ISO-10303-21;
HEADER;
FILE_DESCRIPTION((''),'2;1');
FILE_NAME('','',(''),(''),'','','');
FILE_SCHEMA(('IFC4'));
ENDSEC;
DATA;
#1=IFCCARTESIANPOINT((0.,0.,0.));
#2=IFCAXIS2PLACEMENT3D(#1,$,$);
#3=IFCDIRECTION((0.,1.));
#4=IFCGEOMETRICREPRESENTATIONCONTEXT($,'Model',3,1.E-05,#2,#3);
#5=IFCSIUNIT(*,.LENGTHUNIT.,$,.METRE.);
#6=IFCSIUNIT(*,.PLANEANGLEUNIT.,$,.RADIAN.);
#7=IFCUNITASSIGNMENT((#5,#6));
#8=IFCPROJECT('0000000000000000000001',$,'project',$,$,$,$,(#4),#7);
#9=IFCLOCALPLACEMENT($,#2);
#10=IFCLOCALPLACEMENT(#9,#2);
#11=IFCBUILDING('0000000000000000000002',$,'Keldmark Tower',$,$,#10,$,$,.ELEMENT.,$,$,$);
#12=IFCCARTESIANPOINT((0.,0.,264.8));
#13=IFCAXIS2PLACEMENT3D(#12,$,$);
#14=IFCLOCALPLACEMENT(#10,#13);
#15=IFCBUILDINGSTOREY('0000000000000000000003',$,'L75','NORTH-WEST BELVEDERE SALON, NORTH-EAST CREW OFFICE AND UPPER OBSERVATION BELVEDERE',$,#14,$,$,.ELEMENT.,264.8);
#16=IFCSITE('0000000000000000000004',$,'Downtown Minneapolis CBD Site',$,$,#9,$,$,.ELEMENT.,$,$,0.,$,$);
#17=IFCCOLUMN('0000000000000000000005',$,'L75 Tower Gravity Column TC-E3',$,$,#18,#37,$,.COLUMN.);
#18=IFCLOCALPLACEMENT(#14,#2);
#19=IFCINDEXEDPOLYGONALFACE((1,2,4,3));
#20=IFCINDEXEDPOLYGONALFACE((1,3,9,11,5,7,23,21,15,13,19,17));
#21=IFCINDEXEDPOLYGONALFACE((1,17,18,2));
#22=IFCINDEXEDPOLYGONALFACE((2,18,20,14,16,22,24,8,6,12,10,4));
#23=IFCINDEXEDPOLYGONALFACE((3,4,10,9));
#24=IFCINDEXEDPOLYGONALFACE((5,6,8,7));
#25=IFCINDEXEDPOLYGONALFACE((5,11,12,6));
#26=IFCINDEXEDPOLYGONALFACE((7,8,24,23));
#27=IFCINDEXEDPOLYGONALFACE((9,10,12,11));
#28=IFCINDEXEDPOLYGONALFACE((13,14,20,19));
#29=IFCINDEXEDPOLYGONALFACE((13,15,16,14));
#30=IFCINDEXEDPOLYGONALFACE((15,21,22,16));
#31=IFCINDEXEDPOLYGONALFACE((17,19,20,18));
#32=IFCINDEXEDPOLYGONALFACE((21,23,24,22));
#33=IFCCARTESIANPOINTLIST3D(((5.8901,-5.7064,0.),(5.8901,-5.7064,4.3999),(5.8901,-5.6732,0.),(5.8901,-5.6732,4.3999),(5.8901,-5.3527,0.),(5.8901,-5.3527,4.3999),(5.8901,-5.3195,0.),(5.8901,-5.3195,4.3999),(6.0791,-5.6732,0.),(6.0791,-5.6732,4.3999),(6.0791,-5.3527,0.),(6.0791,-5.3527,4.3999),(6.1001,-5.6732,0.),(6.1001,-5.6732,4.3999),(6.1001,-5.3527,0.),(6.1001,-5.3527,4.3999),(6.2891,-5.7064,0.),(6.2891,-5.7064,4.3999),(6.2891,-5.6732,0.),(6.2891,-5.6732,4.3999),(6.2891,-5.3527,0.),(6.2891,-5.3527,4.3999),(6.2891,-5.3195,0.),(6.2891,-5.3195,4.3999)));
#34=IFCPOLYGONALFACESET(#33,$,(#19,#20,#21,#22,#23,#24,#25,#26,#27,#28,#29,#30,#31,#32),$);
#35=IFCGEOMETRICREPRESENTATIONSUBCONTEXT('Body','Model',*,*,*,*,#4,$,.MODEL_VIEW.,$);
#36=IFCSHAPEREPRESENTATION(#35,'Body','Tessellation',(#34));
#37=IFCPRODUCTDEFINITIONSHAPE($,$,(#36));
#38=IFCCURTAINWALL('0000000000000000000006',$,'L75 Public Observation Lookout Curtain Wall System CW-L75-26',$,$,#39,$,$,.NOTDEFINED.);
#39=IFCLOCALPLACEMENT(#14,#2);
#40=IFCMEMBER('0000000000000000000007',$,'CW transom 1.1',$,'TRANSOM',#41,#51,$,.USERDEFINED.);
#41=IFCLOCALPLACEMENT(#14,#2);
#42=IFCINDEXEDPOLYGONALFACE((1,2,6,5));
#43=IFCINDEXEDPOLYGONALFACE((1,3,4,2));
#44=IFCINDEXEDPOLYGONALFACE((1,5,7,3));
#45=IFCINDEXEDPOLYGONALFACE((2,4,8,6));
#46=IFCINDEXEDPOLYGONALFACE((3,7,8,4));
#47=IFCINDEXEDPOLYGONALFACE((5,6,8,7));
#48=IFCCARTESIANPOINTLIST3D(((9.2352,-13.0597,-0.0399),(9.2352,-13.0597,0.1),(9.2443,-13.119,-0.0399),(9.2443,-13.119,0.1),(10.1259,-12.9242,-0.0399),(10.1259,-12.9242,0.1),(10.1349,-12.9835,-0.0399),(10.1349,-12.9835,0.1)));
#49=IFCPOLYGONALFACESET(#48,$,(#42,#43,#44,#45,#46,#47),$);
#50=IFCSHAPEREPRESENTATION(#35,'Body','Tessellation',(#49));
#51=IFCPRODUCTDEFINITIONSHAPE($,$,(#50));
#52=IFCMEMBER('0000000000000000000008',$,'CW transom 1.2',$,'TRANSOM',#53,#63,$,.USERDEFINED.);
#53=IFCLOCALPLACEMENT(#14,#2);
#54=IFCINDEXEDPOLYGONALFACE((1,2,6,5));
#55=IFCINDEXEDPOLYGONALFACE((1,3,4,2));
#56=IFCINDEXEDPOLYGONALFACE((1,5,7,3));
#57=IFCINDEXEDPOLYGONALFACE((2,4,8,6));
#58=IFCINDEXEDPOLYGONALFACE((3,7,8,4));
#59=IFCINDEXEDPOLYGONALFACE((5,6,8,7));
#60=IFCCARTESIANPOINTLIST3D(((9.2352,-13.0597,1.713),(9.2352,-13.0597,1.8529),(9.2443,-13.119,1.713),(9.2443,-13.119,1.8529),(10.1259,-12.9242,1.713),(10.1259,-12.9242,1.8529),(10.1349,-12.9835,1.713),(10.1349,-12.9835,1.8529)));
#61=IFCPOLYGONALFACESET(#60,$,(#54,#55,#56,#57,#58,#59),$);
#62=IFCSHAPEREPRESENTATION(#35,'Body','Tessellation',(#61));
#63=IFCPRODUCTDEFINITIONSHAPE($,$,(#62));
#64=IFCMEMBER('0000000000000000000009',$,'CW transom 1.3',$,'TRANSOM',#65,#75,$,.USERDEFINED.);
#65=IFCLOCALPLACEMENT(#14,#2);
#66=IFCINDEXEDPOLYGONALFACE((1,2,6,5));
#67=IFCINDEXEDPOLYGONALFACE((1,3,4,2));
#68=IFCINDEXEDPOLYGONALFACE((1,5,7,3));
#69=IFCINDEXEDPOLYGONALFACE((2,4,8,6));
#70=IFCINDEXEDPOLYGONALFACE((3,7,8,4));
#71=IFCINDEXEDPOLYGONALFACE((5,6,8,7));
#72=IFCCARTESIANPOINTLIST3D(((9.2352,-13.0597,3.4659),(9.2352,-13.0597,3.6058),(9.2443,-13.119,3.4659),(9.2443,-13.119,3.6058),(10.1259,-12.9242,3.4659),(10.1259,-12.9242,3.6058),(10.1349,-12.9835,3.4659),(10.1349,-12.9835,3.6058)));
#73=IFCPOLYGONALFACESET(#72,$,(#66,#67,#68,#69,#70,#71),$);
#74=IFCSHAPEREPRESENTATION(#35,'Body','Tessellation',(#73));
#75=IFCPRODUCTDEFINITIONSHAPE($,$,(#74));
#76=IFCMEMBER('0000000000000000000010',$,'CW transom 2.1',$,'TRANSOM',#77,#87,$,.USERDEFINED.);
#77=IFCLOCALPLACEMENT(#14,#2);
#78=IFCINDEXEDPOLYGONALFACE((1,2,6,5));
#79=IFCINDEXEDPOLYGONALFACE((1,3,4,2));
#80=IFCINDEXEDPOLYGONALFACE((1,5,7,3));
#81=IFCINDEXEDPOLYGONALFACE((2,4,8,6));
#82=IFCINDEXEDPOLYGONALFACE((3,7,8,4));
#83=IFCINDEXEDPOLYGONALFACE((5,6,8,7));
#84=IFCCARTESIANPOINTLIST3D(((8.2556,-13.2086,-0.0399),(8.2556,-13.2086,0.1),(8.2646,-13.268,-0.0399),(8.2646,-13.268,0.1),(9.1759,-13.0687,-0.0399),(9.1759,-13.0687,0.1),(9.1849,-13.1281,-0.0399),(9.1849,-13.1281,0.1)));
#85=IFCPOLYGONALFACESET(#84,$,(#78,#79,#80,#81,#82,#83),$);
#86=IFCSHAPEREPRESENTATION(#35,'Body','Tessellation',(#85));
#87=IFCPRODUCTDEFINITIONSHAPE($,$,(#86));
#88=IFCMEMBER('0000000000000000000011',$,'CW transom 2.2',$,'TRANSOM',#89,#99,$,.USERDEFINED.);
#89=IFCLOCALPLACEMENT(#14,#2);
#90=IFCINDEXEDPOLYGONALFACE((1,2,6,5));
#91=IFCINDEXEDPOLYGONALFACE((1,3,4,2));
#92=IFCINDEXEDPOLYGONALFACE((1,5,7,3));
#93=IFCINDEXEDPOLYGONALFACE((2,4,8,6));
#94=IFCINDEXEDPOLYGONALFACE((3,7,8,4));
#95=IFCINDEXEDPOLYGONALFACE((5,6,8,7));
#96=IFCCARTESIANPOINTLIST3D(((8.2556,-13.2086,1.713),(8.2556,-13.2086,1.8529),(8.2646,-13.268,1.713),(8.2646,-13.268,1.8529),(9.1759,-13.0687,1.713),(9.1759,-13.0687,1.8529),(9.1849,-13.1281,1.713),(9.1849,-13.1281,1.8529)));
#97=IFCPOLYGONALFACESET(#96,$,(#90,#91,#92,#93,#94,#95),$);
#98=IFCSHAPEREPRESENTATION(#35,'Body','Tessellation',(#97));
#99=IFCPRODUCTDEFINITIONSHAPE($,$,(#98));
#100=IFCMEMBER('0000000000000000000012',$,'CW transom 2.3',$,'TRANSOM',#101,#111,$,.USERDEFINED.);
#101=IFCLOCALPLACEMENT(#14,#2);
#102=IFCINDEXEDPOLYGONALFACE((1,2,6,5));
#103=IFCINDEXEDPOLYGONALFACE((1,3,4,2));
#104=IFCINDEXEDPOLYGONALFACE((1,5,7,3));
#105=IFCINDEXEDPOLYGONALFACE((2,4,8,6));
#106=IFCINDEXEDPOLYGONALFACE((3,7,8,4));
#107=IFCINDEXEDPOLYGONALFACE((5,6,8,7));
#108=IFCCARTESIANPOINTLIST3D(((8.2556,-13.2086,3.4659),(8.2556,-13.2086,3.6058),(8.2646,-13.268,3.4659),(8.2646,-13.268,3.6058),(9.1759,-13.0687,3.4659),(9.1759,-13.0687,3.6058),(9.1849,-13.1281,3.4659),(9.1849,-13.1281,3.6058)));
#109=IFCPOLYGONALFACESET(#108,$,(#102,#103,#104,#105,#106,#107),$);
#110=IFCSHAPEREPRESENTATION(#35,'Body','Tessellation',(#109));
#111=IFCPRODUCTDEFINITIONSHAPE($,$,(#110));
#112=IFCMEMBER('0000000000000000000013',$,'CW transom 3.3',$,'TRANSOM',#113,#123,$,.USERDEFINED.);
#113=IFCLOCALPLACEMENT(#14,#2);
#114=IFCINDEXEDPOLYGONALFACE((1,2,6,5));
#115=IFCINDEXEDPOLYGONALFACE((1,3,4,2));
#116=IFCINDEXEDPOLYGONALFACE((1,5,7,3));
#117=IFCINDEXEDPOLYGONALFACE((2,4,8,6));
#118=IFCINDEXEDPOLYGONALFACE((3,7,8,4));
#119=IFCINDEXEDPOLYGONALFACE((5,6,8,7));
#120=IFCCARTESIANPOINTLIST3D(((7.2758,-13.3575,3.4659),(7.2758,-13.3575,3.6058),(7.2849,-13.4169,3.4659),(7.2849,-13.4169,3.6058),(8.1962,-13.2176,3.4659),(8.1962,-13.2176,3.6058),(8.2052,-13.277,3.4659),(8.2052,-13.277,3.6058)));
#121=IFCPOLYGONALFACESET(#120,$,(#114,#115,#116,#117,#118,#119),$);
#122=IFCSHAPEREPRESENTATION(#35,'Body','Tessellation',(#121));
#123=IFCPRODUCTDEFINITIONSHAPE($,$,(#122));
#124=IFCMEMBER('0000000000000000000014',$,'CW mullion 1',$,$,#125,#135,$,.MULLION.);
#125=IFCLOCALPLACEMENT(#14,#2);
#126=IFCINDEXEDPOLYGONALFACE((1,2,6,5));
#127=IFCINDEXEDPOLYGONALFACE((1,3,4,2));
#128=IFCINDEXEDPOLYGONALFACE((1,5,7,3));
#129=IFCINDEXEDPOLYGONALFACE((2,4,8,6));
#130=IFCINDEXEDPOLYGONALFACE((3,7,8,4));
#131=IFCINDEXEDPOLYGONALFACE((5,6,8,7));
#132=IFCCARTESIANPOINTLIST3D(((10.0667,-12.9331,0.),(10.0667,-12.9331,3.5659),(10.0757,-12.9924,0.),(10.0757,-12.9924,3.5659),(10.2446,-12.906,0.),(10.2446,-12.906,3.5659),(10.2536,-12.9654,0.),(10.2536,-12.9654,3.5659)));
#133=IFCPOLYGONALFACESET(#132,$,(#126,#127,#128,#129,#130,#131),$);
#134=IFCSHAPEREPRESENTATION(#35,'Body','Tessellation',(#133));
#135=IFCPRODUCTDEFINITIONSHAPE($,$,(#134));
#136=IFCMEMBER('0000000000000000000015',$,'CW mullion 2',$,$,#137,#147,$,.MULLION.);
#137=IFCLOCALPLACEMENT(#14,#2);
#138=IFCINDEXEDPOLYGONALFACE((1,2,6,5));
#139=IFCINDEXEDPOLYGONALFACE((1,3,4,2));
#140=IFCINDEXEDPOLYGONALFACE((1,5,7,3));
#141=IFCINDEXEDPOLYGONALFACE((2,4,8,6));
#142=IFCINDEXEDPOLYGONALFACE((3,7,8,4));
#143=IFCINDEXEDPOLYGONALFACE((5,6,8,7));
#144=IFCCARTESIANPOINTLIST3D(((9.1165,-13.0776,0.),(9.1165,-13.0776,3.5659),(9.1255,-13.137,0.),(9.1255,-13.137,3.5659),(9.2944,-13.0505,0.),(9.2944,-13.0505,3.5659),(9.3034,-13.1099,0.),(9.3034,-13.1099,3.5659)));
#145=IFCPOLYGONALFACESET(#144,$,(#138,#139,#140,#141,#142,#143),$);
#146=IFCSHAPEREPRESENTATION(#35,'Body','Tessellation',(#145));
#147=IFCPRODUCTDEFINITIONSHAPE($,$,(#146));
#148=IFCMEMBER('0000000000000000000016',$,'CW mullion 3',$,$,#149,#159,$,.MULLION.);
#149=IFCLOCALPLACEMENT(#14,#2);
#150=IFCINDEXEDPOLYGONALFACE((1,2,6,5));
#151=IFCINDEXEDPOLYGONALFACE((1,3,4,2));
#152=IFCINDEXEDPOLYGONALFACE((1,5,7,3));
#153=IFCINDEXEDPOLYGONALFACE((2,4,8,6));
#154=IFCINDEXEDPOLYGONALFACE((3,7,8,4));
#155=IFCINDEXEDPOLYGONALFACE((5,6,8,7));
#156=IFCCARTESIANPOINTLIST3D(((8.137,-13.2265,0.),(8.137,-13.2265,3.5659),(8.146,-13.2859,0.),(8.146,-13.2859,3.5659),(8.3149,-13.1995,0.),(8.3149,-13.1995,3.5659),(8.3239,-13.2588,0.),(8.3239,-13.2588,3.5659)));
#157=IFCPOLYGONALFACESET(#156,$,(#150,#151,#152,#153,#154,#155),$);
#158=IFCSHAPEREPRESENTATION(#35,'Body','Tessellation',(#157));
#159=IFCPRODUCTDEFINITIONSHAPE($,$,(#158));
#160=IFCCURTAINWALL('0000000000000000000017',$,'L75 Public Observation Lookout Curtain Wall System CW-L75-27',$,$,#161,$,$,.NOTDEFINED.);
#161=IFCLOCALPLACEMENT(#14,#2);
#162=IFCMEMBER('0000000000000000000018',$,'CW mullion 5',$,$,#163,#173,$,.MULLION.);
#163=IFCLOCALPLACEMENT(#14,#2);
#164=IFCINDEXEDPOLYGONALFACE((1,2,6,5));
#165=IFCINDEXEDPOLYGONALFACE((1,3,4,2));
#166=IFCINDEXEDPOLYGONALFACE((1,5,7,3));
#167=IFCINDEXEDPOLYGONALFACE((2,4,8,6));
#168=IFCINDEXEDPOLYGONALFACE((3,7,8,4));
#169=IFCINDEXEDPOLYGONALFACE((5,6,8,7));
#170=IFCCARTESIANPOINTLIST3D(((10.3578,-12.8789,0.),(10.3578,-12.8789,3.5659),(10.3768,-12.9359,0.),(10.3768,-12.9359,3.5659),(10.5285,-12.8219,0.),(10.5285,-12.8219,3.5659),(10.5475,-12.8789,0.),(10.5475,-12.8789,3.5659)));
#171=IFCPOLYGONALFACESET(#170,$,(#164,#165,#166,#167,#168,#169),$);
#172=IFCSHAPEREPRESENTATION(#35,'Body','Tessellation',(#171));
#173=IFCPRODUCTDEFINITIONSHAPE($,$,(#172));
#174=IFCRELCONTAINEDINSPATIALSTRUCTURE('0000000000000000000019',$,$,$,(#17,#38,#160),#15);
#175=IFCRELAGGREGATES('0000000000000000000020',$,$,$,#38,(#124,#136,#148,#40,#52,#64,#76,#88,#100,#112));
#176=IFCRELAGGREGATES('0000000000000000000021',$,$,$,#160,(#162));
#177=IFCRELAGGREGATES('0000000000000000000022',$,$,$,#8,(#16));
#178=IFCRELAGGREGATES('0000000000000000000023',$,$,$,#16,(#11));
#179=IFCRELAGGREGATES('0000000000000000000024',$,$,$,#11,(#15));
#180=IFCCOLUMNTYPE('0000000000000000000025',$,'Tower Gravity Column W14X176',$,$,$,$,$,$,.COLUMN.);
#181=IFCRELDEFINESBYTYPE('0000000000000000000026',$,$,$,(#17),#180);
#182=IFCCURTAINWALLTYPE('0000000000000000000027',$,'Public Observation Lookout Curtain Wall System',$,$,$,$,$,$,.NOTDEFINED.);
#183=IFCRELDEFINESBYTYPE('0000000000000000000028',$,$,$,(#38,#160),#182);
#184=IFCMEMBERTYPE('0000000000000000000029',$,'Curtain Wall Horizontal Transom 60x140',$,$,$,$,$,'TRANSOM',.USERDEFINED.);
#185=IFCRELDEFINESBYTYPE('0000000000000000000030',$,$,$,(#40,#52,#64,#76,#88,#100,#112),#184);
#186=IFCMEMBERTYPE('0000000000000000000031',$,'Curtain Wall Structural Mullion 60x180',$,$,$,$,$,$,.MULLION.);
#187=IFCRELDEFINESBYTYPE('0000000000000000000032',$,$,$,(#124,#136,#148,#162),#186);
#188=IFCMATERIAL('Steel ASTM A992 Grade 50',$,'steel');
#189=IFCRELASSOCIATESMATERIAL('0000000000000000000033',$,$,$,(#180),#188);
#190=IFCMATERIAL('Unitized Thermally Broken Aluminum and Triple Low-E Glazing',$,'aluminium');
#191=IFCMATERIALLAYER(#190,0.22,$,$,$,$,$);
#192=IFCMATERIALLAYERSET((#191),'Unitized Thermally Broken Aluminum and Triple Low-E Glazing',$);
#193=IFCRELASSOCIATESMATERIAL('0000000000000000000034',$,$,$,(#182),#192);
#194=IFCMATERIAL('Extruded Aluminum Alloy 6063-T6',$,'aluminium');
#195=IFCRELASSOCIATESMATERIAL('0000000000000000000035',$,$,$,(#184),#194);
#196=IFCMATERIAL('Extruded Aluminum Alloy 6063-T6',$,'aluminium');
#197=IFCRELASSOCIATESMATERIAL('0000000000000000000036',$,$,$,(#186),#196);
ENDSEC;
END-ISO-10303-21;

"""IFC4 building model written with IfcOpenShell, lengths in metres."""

from ifc_helpers import new_model, si_unit, direction, frame, origin, origin_2d, place, context, subcontext, project, spatial, rectangle, i_section, extrude, material, layer, layer_set, material_profile, profile_set, type_object, element, aggregate, save


model = new_model("IFC4")

# Units and contexts
model_context = context("Model", 3, precision=1e-05, world=origin(), true_north=direction((0.0, 1.0)))
body_context = subcontext(model_context, "Body", "Model", "MODEL_VIEW")
ifc_project = project(units=[si_unit("LENGTHUNIT", "METRE"), si_unit("PLANEANGLEUNIT", "RADIAN")], contexts=[model_context])

# Site, building, storey
site_placement = place(None, origin())
site = spatial("IfcSite", under=ifc_project, at=site_placement, Name="Downtown Minneapolis CBD Site", CompositionType="ELEMENT", RefElevation=0.0)
building_placement = place(site_placement, origin())
building = spatial("IfcBuilding", under=site, at=building_placement, Name="Keldmark Tower", CompositionType="ELEMENT")
storey_placement = place(building_placement, frame((0.0, 0.0, 264.8)))
storey = spatial("IfcBuildingStorey", under=building, at=storey_placement, Name="L75", Description="NORTH-WEST BELVEDERE SALON, NORTH-EAST CREW OFFICE AND UPPER OBSERVATION BELVEDERE", CompositionType="ELEMENT", Elevation=264.8)

# Column
ifc_material_1 = material(Name="Steel ASTM A992 Grade 50", Category="steel")
ifc_material_profile_1 = material_profile(ifc_material_1, i_section(OverallWidth=0.3989, OverallDepth=0.387, WebThickness=0.021, FlangeThickness=0.0332, at=origin_2d()), Name="W14X176")
ifc_profile_set_1 = profile_set([ifc_material_profile_1], Name="Steel ASTM A992 Grade 50")
column_type = type_object("IfcColumnType", Name="Tower Gravity Column W14X176", PredefinedType="COLUMN", material=ifc_profile_set_1)
column_placement = place(storey_placement, frame((6.0896, -5.5129, 0.0), z_axis=(0.0, 0.0, 1.0), x_axis=(1.0, 0.0, 0.0)))
element("IfcColumn", 1, at=column_placement, inside=storey, type_object=column_type, Name="L75 Tower Gravity Column TC-E3", PredefinedType="COLUMN", context=body_context, shape_type="SweptSolid", body=[
    extrude(i_section(OverallWidth=0.3989, OverallDepth=0.387, WebThickness=0.021, FlangeThickness=0.0332, at=origin_2d()), origin(), (0.0, 0.0, 1.0), 4.3999),
])

# Curtain wall, members
ifc_material_2 = material(Name="Unitized Thermally Broken Aluminum and Triple Low-E Glazing", Category="aluminium")
ifc_layer_1 = layer(ifc_material_2, 0.22)
ifc_layer_set_1 = layer_set([ifc_layer_1], Name="Unitized Thermally Broken Aluminum and Triple Low-E Glazing")
curtain_wall_type = type_object("IfcCurtainWallType", Name="Public Observation Lookout Curtain Wall System", PredefinedType="NOTDEFINED", material=ifc_layer_set_1)
curtain_wall_1_placement = place(storey_placement, origin())
curtain_wall_1 = element("IfcCurtainWall", 2, at=curtain_wall_1_placement, inside=storey, type_object=curtain_wall_type, Name="L75 Public Observation Lookout Curtain Wall System CW-L75-26", PredefinedType="NOTDEFINED")
ifc_material_3 = material(Name="Extruded Aluminum Alloy 6063-T6", Category="aluminium")
ifc_material_profile_2 = material_profile(ifc_material_3, rectangle(XDim=0.0601, YDim=0.1399, at=origin_2d()), Name="CWT60X140")
ifc_profile_set_2 = profile_set([ifc_material_profile_2], Name="Extruded Aluminum Alloy 6063-T6")
member_type_1 = type_object("IfcMemberType", Name="Curtain Wall Horizontal Transom 60x140", ElementType="TRANSOM", PredefinedType="USERDEFINED", material=ifc_profile_set_2)
member_1_placement = place(storey_placement, frame((10.1304, -12.9539, 0.03), z_axis=(-0.988624, -0.150407, 0.0), x_axis=(0.150407, -0.988624, 0.0)))
member_1 = element("IfcMember", 3, at=member_1_placement, type_object=member_type_1, Name="CW transom 1.1", ObjectType="TRANSOM", PredefinedType="USERDEFINED", context=body_context, shape_type="SweptSolid", body=[
    extrude(rectangle(XDim=0.0601, YDim=0.1399, at=origin_2d()), origin(), (0.0, 0.0, 1.0), 0.9009),
])
member_2_placement = place(storey_placement, frame((10.1304, -12.9539, 1.783), z_axis=(-0.988624, -0.150407, 0.0), x_axis=(0.150407, -0.988624, 0.0)))
member_2 = element("IfcMember", 4, at=member_2_placement, type_object=member_type_1, Name="CW transom 1.2", ObjectType="TRANSOM", PredefinedType="USERDEFINED", context=body_context, shape_type="SweptSolid", body=[
    extrude(rectangle(XDim=0.0601, YDim=0.1399, at=origin_2d()), origin(), (0.0, 0.0, 1.0), 0.9009),
])
member_3_placement = place(storey_placement, frame((10.1304, -12.9539, 3.5359), z_axis=(-0.988624, -0.150407, 0.0), x_axis=(0.150407, -0.988624, 0.0)))
member_3 = element("IfcMember", 5, at=member_3_placement, type_object=member_type_1, Name="CW transom 1.3", ObjectType="TRANSOM", PredefinedType="USERDEFINED", context=body_context, shape_type="SweptSolid", body=[
    extrude(rectangle(XDim=0.0601, YDim=0.1399, at=origin_2d()), origin(), (0.0, 0.0, 1.0), 0.9009),
])
member_4_placement = place(storey_placement, frame((9.1804, -13.0984, 0.03), z_axis=(-0.988646, -0.150264, 0.0), x_axis=(0.150264, -0.988646, 0.0)))
member_4 = element("IfcMember", 6, at=member_4_placement, type_object=member_type_1, Name="CW transom 2.1", ObjectType="TRANSOM", PredefinedType="USERDEFINED", context=body_context, shape_type="SweptSolid", body=[
    extrude(rectangle(XDim=0.0601, YDim=0.1399, at=origin_2d()), origin(), (0.0, 0.0, 1.0), 0.9309),
])
member_5_placement = place(storey_placement, frame((9.1804, -13.0984, 1.783), z_axis=(-0.988646, -0.150264, 0.0), x_axis=(0.150264, -0.988646, 0.0)))
member_5 = element("IfcMember", 7, at=member_5_placement, type_object=member_type_1, Name="CW transom 2.2", ObjectType="TRANSOM", PredefinedType="USERDEFINED", context=body_context, shape_type="SweptSolid", body=[
    extrude(rectangle(XDim=0.0601, YDim=0.1399, at=origin_2d()), origin(), (0.0, 0.0, 1.0), 0.9309),
])
member_6_placement = place(storey_placement, frame((9.1804, -13.0984, 3.5359), z_axis=(-0.988646, -0.150264, 0.0), x_axis=(0.150264, -0.988646, 0.0)))
member_6 = element("IfcMember", 8, at=member_6_placement, type_object=member_type_1, Name="CW transom 2.3", ObjectType="TRANSOM", PredefinedType="USERDEFINED", context=body_context, shape_type="SweptSolid", body=[
    extrude(rectangle(XDim=0.0601, YDim=0.1399, at=origin_2d()), origin(), (0.0, 0.0, 1.0), 0.9309),
])
member_7_placement = place(storey_placement, frame((8.2007, -13.2473, 3.5359), z_axis=(-0.988646, -0.150264, 0.0), x_axis=(0.150264, -0.988646, 0.0)))
member_7 = element("IfcMember", 9, at=member_7_placement, type_object=member_type_1, Name="CW transom 3.3", ObjectType="TRANSOM", PredefinedType="USERDEFINED", context=body_context, shape_type="SweptSolid", body=[
    extrude(rectangle(XDim=0.0601, YDim=0.1399, at=origin_2d()), origin(), (0.0, 0.0, 1.0), 0.9309),
])
ifc_material_4 = material(Name="Extruded Aluminum Alloy 6063-T6", Category="aluminium")
ifc_material_profile_3 = material_profile(ifc_material_4, rectangle(XDim=0.0601, YDim=0.1799, at=origin_2d()), Name="CWM60X180")
ifc_profile_set_3 = profile_set([ifc_material_profile_3], Name="Extruded Aluminum Alloy 6063-T6")
member_type_2 = type_object("IfcMemberType", Name="Curtain Wall Structural Mullion 60x180", PredefinedType="MULLION", material=ifc_profile_set_3)
member_8_placement = place(storey_placement, frame((10.1602, -12.9492, 0.0), z_axis=(0.0, 0.0, 1.0), x_axis=(0.150337, -0.988635, 0.0)))
member_8 = element("IfcMember", 10, at=member_8_placement, type_object=member_type_2, Name="CW mullion 1", PredefinedType="MULLION", context=body_context, shape_type="SweptSolid", body=[
    extrude(rectangle(XDim=0.0601, YDim=0.1799, at=origin_2d()), origin(), (0.0, 0.0, 1.0), 3.5659),
])
member_9_placement = place(storey_placement, frame((9.21, -13.0938, 0.0), z_axis=(0.0, 0.0, 1.0), x_axis=(0.150337, -0.988635, 0.0)))
member_9 = element("IfcMember", 11, at=member_9_placement, type_object=member_type_2, Name="CW mullion 2", PredefinedType="MULLION", context=body_context, shape_type="SweptSolid", body=[
    extrude(rectangle(XDim=0.0601, YDim=0.1799, at=origin_2d()), origin(), (0.0, 0.0, 1.0), 3.5659),
])
member_10_placement = place(storey_placement, frame((8.2305, -13.2427, 0.0), z_axis=(0.0, 0.0, 1.0), x_axis=(0.150337, -0.988635, 0.0)))
member_10 = element("IfcMember", 12, at=member_10_placement, type_object=member_type_2, Name="CW mullion 3", PredefinedType="MULLION", context=body_context, shape_type="SweptSolid", body=[
    extrude(rectangle(XDim=0.0601, YDim=0.1799, at=origin_2d()), origin(), (0.0, 0.0, 1.0), 3.5659),
])

# Curtain wall, member
curtain_wall_2_placement = place(storey_placement, origin())
curtain_wall_2 = element("IfcCurtainWall", 13, at=curtain_wall_2_placement, inside=storey, type_object=curtain_wall_type, Name="L75 Public Observation Lookout Curtain Wall System CW-L75-27", PredefinedType="NOTDEFINED")
member_11_placement = place(storey_placement, frame((10.4526, -12.8789, 0.0), z_axis=(0.0, 0.0, 1.0), x_axis=(0.316776, -0.9485, 0.0)))
member_11 = element("IfcMember", 14, at=member_11_placement, type_object=member_type_2, Name="CW mullion 5", PredefinedType="MULLION", context=body_context, shape_type="SweptSolid", body=[
    extrude(rectangle(XDim=0.0601, YDim=0.1799, at=origin_2d()), origin(), (0.0, 0.0, 1.0), 3.5659),
])

aggregate(curtain_wall_1, [member_8, member_9, member_10, member_1, member_2, member_3, member_4, member_5, member_6, member_7])
aggregate(curtain_wall_2, [member_11])

save(model, "model.ifc")
